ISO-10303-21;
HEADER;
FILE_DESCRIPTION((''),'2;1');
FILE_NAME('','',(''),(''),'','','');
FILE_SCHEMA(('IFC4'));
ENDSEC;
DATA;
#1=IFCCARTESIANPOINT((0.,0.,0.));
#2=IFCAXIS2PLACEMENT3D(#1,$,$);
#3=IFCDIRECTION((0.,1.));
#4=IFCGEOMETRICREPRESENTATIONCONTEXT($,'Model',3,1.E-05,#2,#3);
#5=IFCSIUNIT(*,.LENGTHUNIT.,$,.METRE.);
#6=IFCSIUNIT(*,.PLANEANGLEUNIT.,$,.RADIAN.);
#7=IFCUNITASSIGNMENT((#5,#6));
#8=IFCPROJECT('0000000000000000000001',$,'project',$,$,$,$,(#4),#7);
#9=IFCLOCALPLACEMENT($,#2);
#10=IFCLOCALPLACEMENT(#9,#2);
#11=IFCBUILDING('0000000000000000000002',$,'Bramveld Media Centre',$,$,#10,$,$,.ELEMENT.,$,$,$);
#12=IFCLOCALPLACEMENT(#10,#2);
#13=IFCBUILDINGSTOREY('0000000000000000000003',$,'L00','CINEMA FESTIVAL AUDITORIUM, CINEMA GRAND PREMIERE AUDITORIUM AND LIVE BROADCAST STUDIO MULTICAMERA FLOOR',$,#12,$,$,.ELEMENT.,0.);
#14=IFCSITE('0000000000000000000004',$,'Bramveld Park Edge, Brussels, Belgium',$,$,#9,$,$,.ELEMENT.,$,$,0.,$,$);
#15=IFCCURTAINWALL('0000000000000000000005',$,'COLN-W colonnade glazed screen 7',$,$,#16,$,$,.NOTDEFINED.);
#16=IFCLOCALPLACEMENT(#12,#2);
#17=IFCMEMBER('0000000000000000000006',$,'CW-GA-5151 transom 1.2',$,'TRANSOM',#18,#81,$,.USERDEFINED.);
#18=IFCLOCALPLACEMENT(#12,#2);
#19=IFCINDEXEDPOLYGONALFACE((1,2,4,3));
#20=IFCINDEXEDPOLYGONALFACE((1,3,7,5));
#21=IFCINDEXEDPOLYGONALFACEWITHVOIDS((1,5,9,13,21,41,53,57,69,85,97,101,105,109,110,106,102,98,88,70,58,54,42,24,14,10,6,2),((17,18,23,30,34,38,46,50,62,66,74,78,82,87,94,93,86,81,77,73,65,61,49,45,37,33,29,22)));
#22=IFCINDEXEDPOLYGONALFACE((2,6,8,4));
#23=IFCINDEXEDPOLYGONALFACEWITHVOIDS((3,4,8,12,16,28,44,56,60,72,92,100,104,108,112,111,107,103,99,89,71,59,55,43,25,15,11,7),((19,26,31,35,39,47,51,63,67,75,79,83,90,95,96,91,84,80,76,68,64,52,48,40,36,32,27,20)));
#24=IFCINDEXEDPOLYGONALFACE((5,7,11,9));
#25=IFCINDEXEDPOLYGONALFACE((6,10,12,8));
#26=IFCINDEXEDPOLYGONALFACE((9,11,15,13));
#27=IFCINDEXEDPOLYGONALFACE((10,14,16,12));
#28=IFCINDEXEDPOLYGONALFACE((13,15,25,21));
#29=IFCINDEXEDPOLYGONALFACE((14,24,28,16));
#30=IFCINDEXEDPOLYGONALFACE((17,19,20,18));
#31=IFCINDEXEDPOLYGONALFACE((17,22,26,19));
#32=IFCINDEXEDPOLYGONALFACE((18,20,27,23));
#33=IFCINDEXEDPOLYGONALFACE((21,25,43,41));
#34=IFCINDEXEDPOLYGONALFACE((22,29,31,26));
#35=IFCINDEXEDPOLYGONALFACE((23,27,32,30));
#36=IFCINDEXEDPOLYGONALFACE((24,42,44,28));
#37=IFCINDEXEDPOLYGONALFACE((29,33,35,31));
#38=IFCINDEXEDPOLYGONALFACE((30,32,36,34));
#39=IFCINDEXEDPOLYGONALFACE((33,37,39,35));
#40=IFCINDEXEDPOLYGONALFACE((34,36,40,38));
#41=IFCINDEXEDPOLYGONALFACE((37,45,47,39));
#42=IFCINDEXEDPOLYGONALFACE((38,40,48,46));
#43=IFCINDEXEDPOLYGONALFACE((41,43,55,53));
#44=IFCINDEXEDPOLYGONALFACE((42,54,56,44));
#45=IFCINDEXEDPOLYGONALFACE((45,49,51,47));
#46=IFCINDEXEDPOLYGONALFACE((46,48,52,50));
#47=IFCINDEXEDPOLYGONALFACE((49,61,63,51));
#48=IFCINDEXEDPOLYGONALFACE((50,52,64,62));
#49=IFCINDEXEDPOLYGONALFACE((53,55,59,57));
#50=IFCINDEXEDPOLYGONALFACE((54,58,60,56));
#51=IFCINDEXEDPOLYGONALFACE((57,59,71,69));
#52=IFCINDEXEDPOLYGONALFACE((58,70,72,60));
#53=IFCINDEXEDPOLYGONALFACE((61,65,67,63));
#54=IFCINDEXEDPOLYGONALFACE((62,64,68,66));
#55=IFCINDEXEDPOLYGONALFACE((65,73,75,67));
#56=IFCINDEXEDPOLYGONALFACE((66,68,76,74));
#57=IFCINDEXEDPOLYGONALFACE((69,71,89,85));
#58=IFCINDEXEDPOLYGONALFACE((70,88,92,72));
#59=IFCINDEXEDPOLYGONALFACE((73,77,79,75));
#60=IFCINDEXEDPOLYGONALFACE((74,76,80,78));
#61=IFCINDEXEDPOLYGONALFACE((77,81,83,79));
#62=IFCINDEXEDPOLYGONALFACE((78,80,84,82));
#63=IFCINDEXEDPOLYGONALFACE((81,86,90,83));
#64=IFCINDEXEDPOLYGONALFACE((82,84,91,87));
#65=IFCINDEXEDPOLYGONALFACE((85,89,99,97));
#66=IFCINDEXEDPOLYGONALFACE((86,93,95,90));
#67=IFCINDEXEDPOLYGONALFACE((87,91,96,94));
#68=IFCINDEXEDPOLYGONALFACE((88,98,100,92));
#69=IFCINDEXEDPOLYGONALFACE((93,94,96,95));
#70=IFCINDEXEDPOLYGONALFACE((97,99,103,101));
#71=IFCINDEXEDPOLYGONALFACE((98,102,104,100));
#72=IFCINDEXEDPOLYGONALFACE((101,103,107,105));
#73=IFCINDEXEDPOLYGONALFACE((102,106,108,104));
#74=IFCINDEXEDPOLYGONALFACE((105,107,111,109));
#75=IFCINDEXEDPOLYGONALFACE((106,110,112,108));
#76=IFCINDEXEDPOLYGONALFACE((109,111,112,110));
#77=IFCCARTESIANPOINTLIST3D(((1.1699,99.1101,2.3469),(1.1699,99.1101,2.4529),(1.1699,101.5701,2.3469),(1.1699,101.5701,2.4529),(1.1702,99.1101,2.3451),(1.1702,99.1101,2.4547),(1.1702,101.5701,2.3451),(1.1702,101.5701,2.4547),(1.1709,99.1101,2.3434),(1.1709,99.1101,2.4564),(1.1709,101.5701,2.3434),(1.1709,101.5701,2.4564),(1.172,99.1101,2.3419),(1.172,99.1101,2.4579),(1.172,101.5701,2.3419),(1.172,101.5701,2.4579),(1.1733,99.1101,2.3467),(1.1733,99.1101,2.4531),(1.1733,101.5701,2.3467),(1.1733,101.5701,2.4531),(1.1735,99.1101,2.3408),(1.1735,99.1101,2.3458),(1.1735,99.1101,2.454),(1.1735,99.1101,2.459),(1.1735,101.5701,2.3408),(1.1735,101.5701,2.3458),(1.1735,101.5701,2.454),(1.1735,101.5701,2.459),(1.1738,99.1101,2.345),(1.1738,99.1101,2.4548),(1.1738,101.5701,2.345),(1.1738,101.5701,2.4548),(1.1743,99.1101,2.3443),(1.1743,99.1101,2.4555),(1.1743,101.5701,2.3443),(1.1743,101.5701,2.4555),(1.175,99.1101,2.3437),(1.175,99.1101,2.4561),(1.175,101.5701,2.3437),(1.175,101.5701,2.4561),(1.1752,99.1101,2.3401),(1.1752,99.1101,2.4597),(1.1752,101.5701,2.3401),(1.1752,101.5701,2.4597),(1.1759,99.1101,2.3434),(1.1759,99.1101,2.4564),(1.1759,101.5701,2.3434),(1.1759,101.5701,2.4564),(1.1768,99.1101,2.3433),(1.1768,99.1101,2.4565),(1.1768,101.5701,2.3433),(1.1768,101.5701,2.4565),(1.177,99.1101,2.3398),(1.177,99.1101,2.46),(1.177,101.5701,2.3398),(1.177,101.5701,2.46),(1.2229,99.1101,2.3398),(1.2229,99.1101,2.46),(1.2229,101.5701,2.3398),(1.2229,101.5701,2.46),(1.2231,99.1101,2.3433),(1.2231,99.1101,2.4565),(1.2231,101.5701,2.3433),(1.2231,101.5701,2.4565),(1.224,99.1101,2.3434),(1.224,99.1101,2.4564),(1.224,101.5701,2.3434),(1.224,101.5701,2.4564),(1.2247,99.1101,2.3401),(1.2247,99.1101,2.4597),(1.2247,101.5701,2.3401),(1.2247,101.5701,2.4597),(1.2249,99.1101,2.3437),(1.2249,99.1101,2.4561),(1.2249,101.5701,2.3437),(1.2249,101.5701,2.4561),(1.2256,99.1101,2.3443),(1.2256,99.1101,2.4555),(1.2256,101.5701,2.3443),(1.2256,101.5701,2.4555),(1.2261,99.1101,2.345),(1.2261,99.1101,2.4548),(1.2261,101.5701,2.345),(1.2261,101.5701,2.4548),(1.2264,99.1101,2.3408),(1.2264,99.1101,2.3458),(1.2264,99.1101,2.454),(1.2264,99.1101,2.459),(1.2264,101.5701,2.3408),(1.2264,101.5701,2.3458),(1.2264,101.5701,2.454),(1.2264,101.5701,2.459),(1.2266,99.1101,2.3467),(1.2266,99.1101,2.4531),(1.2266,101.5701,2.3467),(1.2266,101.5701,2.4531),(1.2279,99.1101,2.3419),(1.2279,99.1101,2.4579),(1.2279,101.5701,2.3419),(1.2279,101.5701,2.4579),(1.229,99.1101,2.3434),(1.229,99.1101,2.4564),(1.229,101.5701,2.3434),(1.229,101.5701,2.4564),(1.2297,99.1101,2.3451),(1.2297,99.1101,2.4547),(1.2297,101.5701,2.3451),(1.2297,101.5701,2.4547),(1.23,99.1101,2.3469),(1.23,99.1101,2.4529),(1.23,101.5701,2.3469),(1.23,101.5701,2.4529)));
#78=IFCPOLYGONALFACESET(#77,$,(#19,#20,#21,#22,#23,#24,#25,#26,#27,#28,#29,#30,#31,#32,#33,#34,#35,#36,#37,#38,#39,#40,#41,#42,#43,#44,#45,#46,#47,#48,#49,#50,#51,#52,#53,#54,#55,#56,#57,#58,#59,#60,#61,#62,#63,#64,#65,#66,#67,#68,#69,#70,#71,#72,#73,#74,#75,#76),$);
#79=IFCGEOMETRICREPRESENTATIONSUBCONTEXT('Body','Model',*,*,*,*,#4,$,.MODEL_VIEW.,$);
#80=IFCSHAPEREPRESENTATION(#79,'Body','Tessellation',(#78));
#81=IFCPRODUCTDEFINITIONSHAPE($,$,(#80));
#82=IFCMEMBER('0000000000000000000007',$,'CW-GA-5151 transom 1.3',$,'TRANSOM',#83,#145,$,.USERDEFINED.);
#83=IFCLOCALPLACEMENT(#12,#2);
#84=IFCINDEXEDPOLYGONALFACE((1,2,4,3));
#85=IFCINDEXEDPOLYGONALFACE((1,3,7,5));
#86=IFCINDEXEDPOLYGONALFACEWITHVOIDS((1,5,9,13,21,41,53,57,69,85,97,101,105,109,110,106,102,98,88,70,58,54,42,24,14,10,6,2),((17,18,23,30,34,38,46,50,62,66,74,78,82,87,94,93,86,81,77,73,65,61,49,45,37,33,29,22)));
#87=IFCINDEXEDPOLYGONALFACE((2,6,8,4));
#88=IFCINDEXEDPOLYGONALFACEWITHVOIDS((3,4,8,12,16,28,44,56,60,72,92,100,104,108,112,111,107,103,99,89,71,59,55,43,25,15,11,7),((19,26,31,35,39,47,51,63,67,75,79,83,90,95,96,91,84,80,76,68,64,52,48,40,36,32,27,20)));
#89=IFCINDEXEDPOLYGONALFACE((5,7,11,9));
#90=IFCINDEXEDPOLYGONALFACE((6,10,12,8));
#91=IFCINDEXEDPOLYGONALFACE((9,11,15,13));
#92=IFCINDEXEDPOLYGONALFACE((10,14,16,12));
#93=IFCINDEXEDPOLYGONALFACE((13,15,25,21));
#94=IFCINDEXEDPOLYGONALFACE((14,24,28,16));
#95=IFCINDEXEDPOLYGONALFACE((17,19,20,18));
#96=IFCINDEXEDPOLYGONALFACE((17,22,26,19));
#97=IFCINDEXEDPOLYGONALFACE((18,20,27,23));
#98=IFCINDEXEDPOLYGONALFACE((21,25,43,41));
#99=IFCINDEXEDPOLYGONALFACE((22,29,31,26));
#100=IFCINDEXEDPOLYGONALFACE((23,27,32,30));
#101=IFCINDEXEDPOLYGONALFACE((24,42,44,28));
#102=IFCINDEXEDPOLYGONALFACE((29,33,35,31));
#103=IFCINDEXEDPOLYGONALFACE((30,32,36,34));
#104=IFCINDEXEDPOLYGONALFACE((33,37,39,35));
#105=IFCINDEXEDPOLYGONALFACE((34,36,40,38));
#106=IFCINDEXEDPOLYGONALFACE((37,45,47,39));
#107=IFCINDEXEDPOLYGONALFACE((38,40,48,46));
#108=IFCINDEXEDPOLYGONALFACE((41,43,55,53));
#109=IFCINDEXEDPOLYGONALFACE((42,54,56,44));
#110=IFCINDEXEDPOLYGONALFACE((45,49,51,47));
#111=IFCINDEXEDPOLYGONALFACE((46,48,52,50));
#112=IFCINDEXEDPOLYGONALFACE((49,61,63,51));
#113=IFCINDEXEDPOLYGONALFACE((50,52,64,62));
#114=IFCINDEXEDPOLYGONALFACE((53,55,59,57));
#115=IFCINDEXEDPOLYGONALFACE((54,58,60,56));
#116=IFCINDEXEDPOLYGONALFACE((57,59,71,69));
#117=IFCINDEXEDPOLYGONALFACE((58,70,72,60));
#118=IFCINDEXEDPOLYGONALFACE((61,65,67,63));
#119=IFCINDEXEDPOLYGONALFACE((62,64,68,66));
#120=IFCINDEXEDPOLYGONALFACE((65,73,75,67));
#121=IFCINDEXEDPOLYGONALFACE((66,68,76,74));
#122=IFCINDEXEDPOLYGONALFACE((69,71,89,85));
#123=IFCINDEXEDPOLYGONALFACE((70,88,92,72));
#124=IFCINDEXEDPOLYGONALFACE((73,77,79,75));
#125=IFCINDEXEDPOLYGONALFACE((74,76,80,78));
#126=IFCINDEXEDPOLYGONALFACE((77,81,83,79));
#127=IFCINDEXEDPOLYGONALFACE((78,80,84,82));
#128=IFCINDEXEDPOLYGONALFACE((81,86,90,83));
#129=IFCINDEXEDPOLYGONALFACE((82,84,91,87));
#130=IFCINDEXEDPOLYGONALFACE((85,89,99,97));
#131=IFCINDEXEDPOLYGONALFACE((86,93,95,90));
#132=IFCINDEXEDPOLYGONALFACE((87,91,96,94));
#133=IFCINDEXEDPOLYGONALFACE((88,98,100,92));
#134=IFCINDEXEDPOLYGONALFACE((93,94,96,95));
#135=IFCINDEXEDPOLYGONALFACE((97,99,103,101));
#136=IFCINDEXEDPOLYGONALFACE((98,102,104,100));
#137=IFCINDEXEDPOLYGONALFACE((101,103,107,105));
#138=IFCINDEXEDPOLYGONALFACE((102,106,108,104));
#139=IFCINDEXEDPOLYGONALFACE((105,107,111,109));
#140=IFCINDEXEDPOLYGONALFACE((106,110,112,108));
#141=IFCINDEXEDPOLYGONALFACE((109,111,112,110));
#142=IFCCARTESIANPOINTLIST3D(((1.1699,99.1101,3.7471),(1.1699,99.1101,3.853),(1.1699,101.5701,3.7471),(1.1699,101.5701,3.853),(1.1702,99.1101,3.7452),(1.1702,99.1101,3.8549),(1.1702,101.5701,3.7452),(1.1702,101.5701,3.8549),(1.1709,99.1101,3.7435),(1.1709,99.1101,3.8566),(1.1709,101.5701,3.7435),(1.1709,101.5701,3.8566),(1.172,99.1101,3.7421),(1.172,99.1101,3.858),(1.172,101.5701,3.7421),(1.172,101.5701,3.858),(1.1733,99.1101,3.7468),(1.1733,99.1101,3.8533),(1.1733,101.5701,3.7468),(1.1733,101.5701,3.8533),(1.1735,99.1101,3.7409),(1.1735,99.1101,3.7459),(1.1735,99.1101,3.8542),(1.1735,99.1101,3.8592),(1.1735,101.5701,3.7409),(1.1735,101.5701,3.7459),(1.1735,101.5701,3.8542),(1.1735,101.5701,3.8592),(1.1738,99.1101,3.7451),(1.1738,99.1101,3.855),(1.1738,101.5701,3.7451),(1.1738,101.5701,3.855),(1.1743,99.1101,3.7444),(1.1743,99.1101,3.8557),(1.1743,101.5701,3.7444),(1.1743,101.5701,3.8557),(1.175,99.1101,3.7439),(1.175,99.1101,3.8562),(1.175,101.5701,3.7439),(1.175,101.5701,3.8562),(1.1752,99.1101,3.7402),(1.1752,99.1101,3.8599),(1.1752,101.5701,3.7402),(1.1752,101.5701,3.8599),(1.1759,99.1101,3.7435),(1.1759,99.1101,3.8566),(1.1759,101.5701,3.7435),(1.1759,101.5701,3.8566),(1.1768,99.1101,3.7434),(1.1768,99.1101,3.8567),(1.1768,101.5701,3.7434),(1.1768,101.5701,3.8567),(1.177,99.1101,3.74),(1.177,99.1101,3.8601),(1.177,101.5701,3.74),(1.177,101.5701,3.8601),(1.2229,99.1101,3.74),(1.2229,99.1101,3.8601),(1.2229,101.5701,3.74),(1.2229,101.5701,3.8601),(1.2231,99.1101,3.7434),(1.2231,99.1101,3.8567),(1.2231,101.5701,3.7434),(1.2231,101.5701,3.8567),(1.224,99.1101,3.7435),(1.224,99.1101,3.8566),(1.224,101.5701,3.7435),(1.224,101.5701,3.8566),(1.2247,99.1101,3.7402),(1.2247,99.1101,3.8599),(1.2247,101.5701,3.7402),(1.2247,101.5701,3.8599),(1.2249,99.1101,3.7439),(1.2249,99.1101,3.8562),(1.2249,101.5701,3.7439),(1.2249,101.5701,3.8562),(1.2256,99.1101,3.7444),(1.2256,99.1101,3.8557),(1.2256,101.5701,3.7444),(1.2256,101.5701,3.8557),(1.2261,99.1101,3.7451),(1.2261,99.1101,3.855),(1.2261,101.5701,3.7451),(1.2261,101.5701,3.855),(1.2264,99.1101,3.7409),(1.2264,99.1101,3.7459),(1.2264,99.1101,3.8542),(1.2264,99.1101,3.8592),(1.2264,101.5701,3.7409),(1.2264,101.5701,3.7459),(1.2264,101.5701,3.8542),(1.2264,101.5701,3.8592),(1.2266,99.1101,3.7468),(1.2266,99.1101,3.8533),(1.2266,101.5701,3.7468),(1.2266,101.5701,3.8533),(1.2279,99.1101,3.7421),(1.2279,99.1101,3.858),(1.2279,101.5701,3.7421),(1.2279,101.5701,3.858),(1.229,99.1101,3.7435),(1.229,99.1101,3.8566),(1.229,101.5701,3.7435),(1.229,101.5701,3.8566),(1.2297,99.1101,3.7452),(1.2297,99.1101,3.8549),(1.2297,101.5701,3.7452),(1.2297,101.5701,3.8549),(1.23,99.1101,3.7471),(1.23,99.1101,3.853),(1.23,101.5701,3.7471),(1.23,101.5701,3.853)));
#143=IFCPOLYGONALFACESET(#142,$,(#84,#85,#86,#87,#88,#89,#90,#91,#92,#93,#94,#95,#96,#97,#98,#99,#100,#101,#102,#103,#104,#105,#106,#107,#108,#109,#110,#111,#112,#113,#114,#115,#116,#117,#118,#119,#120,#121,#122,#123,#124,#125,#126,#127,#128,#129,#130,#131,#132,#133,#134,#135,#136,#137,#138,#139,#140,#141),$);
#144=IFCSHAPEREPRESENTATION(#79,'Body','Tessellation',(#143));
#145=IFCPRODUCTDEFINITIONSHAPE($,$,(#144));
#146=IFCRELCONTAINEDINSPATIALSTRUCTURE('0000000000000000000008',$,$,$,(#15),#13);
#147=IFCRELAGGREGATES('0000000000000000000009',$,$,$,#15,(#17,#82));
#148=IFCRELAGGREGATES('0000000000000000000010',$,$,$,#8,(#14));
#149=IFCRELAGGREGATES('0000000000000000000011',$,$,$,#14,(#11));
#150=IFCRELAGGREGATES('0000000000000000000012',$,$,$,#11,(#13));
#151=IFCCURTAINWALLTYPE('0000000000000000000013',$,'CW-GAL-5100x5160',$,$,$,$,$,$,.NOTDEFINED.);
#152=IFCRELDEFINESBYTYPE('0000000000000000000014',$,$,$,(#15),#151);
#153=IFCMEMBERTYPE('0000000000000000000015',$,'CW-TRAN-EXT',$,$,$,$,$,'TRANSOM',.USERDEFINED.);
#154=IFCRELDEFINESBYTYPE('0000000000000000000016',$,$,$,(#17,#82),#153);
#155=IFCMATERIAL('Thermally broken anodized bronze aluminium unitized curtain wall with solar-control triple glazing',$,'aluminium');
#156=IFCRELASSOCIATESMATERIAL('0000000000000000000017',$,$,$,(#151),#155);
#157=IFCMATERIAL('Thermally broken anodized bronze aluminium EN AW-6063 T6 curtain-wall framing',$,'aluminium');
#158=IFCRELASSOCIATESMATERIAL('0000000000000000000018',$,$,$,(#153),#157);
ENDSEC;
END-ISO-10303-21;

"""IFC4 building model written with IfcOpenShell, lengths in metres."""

from ifc_helpers import new_model, si_unit, direction, frame, origin, origin_2d, place, context, subcontext, project, spatial, hollow_rectangle, extrude, material, material_profile, profile_set, type_object, element, aggregate, save


model = new_model("IFC4")

# Units and contexts
model_context = context("Model", 3, precision=1e-05, world=origin(), true_north=direction((0.0, 1.0)))
body_context = subcontext(model_context, "Body", "Model", "MODEL_VIEW")
ifc_project = project(units=[si_unit("LENGTHUNIT", "METRE"), si_unit("PLANEANGLEUNIT", "RADIAN")], contexts=[model_context])

# Site, building, storey
site_placement = place(None, origin())
site = spatial("IfcSite", under=ifc_project, at=site_placement, Name="Bramveld Park Edge, Brussels, Belgium", CompositionType="ELEMENT", RefElevation=0.0)
building_placement = place(site_placement, origin())
building = spatial("IfcBuilding", under=site, at=building_placement, Name="Bramveld Media Centre", CompositionType="ELEMENT")
storey_placement = place(building_placement, origin())
storey = spatial("IfcBuildingStorey", under=building, at=storey_placement, Name="L00", Description="CINEMA FESTIVAL AUDITORIUM, CINEMA GRAND PREMIERE AUDITORIUM AND LIVE BROADCAST STUDIO MULTICAMERA FLOOR", CompositionType="ELEMENT", Elevation=0.0)

# Curtain wall
ifc_material_1 = material(Name="Thermally broken anodized bronze aluminium unitized curtain wall with solar-control triple glazing", Category="aluminium")
curtain_wall_type = type_object("IfcCurtainWallType", Name="CW-GAL-5100x5160", PredefinedType="NOTDEFINED", material=ifc_material_1)
curtain_wall_1_placement = place(storey_placement, origin())
curtain_wall_1 = element("IfcCurtainWall", 1, at=curtain_wall_1_placement, inside=storey, type_object=curtain_wall_type, Name="COLN-W colonnade glazed screen 7", PredefinedType="NOTDEFINED")

# Members
ifc_material_2 = material(Name="Thermally broken anodized bronze aluminium EN AW-6063 T6 curtain-wall framing", Category="aluminium")
ifc_material_profile_1 = material_profile(ifc_material_2, hollow_rectangle(XDim=0.0601, YDim=0.1201, WallThickness=0.0034, InnerFilletRadius=0.0034, OuterFilletRadius=0.0071, at=origin_2d()), Name="AL-TRAN 60x120")
ifc_profile_set_1 = profile_set([ifc_material_profile_1], Name="Thermally broken anodized bronze aluminium EN AW-6063 T6 curtain-wall framing")
member_type_1 = type_object("IfcMemberType", Name="CW-TRAN-EXT", ElementType="TRANSOM", PredefinedType="USERDEFINED", material=ifc_profile_set_1)
member_1_placement = place(storey_placement, frame((1.2, 99.1101, 2.3999), z_axis=(0.0, 1.0, 0.0), x_axis=(-1.0, 0.0, 0.0)))
member_1 = element("IfcMember", 2, at=member_1_placement, type_object=member_type_1, Name="CW-GA-5151 transom 1.2", ObjectType="TRANSOM", PredefinedType="USERDEFINED", context=body_context, shape_type="SweptSolid", body=[
    extrude(hollow_rectangle(XDim=0.0601, YDim=0.1201, WallThickness=0.0034, InnerFilletRadius=0.0034, OuterFilletRadius=0.0071, at=origin_2d()), origin(), (0.0, 0.0, 1.0), 2.46),
])
member_2_placement = place(storey_placement, frame((1.2, 99.1101, 3.8), z_axis=(0.0, 1.0, 0.0), x_axis=(-1.0, 0.0, 0.0)))
member_2 = element("IfcMember", 3, at=member_2_placement, type_object=member_type_1, Name="CW-GA-5151 transom 1.3", ObjectType="TRANSOM", PredefinedType="USERDEFINED", context=body_context, shape_type="SweptSolid", body=[
    extrude(hollow_rectangle(XDim=0.0601, YDim=0.1201, WallThickness=0.0034, InnerFilletRadius=0.0034, OuterFilletRadius=0.0071, at=origin_2d()), origin(), (0.0, 0.0, 1.0), 2.46),
])

aggregate(curtain_wall_1, [member_1, member_2])

save(model, "model.ifc")
